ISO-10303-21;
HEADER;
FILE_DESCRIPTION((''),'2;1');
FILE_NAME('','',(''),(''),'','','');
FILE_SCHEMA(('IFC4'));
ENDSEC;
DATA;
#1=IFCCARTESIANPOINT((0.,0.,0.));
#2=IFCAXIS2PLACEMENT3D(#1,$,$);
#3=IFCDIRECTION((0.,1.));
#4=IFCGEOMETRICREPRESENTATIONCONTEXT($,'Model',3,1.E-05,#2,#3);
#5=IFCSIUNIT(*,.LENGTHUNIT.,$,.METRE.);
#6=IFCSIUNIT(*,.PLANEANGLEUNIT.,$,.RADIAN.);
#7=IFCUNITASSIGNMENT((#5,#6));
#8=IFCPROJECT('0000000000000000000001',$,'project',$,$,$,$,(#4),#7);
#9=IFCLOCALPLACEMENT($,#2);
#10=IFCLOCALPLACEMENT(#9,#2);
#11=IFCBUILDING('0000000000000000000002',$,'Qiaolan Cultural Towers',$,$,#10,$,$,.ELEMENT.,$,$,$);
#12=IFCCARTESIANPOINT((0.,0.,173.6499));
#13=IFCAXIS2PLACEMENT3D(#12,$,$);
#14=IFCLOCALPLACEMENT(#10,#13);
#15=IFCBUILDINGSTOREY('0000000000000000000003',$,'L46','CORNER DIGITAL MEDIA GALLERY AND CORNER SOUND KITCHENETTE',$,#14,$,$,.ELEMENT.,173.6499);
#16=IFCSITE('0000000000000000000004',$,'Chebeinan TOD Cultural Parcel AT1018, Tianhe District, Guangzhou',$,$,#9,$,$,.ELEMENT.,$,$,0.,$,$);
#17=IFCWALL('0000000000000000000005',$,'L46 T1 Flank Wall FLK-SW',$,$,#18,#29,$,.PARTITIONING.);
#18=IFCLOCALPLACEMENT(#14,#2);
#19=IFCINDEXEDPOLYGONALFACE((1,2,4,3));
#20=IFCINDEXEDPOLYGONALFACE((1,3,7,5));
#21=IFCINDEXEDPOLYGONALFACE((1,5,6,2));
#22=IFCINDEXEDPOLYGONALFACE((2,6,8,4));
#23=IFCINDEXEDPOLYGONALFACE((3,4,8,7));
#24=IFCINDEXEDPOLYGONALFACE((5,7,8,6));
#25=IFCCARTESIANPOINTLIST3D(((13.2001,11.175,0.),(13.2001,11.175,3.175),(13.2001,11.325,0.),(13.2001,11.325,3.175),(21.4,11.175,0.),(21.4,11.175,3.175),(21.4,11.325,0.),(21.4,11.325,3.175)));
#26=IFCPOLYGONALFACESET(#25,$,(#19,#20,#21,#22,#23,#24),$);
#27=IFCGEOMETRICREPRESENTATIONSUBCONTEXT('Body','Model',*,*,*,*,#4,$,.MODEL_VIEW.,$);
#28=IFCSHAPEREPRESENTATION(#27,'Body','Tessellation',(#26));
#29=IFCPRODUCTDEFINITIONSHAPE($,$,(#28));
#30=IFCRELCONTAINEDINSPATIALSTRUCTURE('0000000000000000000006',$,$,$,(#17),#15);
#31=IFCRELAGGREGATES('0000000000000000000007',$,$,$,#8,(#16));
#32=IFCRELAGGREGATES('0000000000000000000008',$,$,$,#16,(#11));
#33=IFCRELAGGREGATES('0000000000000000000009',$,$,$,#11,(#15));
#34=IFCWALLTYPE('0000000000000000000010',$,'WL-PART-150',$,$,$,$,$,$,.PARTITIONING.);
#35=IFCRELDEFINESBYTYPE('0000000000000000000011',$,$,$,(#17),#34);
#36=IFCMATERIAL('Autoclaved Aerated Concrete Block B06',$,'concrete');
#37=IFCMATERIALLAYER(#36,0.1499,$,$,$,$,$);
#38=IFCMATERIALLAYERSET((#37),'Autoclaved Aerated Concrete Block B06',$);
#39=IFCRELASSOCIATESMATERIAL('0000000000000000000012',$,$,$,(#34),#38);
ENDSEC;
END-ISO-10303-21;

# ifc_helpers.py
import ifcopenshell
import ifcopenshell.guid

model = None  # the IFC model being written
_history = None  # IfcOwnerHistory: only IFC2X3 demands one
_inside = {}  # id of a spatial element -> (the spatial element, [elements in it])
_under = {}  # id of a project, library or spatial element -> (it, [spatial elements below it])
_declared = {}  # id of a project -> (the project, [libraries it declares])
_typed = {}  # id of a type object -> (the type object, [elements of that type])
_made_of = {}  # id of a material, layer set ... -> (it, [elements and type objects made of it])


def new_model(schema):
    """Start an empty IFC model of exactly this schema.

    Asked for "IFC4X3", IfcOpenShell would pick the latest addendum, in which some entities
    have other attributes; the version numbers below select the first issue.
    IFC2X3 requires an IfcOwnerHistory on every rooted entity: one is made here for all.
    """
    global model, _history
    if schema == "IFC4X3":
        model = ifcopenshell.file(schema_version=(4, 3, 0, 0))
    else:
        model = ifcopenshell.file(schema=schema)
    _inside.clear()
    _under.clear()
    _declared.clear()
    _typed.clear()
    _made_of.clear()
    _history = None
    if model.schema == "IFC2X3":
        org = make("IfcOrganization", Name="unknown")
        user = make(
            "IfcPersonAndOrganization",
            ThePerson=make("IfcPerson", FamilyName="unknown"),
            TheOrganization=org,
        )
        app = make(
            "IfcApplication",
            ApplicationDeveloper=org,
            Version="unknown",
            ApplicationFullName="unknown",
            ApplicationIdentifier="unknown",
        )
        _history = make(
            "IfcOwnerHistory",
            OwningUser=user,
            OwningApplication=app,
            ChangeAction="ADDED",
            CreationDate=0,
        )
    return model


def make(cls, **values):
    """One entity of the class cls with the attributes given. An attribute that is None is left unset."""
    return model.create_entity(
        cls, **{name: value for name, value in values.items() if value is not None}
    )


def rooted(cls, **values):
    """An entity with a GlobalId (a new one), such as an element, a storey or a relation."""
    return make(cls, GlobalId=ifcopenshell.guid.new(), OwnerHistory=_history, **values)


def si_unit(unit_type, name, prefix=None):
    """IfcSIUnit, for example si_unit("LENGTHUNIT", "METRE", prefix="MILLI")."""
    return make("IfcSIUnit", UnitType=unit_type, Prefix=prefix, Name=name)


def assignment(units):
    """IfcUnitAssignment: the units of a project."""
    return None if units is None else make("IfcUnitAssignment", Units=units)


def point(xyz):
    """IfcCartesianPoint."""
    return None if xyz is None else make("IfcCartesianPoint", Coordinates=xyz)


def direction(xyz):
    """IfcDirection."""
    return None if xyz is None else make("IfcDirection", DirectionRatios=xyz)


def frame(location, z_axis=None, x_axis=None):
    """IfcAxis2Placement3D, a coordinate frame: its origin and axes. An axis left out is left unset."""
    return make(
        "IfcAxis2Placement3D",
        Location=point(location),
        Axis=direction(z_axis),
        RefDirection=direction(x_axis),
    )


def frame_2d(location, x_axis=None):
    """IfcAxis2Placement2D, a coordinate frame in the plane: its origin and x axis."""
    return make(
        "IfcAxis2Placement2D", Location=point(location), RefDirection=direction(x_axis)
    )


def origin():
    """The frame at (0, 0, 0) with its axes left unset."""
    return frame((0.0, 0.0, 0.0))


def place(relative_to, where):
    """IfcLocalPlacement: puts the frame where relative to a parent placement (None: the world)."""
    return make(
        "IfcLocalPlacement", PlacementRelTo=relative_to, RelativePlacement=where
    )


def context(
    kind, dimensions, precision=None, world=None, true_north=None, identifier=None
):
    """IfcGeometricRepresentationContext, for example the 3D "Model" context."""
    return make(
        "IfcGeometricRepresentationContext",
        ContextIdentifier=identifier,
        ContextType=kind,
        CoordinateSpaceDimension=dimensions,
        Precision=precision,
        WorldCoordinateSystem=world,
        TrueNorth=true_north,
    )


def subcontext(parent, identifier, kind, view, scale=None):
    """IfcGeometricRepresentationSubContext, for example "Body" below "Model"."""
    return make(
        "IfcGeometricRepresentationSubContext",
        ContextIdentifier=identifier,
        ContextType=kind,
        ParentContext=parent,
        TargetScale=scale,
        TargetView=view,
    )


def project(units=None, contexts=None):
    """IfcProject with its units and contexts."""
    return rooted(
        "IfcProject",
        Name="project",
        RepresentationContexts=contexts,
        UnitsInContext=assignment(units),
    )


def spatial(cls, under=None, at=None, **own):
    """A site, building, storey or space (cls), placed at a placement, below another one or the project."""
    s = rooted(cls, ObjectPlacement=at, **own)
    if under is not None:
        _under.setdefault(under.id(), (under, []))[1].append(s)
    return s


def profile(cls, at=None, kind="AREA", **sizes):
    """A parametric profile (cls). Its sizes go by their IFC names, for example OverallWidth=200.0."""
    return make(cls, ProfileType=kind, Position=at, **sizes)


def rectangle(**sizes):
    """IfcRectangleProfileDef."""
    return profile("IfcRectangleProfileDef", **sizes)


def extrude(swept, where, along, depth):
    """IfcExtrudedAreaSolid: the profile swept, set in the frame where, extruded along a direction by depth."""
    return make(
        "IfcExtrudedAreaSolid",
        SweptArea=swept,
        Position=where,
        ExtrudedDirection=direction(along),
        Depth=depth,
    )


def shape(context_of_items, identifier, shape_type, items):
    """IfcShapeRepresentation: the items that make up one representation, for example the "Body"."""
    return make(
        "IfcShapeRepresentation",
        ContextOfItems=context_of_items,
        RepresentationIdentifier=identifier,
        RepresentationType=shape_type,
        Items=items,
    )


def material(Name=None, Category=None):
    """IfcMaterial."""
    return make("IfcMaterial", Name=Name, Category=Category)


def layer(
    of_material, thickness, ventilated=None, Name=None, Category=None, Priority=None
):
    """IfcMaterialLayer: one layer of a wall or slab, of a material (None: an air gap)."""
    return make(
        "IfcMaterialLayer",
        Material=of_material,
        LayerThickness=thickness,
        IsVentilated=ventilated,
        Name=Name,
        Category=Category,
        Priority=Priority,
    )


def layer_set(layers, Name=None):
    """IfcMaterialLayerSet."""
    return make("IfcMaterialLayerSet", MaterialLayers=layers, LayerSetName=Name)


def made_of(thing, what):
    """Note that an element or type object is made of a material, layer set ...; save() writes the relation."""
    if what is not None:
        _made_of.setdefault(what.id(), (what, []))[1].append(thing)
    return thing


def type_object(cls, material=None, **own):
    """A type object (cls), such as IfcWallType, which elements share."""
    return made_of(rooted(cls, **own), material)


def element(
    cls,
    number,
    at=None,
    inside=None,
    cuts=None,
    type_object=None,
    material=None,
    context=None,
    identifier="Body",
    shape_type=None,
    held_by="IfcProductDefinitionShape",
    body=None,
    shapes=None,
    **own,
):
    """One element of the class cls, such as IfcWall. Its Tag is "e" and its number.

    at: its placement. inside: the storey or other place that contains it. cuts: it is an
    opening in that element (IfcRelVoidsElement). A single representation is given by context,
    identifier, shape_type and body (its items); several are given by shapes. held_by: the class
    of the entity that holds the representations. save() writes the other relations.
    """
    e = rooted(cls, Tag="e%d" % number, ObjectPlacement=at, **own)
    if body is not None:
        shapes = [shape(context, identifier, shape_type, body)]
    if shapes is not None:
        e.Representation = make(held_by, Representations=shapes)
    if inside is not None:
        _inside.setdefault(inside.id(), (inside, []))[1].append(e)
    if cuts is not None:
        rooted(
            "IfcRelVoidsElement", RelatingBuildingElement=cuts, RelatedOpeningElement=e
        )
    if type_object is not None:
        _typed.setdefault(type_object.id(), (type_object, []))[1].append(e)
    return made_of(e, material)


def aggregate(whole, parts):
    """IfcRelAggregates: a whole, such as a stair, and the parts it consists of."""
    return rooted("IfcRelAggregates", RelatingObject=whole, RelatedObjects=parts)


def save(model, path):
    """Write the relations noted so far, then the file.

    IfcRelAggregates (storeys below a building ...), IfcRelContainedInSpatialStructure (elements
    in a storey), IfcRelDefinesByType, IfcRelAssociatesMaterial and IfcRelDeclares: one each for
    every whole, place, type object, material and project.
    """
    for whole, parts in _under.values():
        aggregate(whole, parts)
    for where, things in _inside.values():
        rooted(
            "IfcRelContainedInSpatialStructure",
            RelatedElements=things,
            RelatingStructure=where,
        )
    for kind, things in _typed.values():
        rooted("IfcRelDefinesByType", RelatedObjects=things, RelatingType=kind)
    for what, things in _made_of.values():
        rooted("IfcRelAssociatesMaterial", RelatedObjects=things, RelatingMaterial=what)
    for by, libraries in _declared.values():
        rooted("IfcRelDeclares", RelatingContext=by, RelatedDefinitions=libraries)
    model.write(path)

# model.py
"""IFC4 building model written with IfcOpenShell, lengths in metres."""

from ifc_helpers import new_model, si_unit, direction, frame, frame_2d, origin, place, context, subcontext, project, spatial, rectangle, extrude, material, layer, layer_set, type_object, element, save


model = new_model("IFC4")

# Units and contexts
model_context = context("Model", 3, precision=1e-05, world=origin(), true_north=direction((0.0, 1.0)))
body_context = subcontext(model_context, "Body", "Model", "MODEL_VIEW")
ifc_project = project(units=[si_unit("LENGTHUNIT", "METRE"), si_unit("PLANEANGLEUNIT", "RADIAN")], contexts=[model_context])

# Site, building, storey
site_placement = place(None, origin())
site = spatial("IfcSite", under=ifc_project, at=site_placement, Name="Chebeinan TOD Cultural Parcel AT1018, Tianhe District, Guangzhou", CompositionType="ELEMENT", RefElevation=0.0)
building_placement = place(site_placement, origin())
building = spatial("IfcBuilding", under=site, at=building_placement, Name="Qiaolan Cultural Towers", CompositionType="ELEMENT")
storey_placement = place(building_placement, frame((0.0, 0.0, 173.6499)))
storey = spatial("IfcBuildingStorey", under=building, at=storey_placement, Name="L46", Description="CORNER DIGITAL MEDIA GALLERY AND CORNER SOUND KITCHENETTE", CompositionType="ELEMENT", Elevation=173.6499)

# Wall
ifc_material_1 = material(Name="Autoclaved Aerated Concrete Block B06", Category="concrete")
ifc_layer_1 = layer(ifc_material_1, 0.1499)
ifc_layer_set_1 = layer_set([ifc_layer_1], Name="Autoclaved Aerated Concrete Block B06")
wall_type_1 = type_object("IfcWallType", Name="WL-PART-150", PredefinedType="PARTITIONING", material=ifc_layer_set_1)
wall_1_placement = place(storey_placement, frame((13.2, 11.25, 0.0), z_axis=(0.0, 0.0, 1.0), x_axis=(1.0, 0.0, 0.0)))
element("IfcWall", 1, at=wall_1_placement, inside=storey, type_object=wall_type_1, Name="L46 T1 Flank Wall FLK-SW", PredefinedType="PARTITIONING", context=body_context, shape_type="SweptSolid", body=[
    extrude(rectangle(XDim=8.2, YDim=0.1499, at=frame_2d((4.1001, 0.0))), origin(), (0.0, 0.0, 1.0), 3.175),
])

save(model, "model.ifc")
